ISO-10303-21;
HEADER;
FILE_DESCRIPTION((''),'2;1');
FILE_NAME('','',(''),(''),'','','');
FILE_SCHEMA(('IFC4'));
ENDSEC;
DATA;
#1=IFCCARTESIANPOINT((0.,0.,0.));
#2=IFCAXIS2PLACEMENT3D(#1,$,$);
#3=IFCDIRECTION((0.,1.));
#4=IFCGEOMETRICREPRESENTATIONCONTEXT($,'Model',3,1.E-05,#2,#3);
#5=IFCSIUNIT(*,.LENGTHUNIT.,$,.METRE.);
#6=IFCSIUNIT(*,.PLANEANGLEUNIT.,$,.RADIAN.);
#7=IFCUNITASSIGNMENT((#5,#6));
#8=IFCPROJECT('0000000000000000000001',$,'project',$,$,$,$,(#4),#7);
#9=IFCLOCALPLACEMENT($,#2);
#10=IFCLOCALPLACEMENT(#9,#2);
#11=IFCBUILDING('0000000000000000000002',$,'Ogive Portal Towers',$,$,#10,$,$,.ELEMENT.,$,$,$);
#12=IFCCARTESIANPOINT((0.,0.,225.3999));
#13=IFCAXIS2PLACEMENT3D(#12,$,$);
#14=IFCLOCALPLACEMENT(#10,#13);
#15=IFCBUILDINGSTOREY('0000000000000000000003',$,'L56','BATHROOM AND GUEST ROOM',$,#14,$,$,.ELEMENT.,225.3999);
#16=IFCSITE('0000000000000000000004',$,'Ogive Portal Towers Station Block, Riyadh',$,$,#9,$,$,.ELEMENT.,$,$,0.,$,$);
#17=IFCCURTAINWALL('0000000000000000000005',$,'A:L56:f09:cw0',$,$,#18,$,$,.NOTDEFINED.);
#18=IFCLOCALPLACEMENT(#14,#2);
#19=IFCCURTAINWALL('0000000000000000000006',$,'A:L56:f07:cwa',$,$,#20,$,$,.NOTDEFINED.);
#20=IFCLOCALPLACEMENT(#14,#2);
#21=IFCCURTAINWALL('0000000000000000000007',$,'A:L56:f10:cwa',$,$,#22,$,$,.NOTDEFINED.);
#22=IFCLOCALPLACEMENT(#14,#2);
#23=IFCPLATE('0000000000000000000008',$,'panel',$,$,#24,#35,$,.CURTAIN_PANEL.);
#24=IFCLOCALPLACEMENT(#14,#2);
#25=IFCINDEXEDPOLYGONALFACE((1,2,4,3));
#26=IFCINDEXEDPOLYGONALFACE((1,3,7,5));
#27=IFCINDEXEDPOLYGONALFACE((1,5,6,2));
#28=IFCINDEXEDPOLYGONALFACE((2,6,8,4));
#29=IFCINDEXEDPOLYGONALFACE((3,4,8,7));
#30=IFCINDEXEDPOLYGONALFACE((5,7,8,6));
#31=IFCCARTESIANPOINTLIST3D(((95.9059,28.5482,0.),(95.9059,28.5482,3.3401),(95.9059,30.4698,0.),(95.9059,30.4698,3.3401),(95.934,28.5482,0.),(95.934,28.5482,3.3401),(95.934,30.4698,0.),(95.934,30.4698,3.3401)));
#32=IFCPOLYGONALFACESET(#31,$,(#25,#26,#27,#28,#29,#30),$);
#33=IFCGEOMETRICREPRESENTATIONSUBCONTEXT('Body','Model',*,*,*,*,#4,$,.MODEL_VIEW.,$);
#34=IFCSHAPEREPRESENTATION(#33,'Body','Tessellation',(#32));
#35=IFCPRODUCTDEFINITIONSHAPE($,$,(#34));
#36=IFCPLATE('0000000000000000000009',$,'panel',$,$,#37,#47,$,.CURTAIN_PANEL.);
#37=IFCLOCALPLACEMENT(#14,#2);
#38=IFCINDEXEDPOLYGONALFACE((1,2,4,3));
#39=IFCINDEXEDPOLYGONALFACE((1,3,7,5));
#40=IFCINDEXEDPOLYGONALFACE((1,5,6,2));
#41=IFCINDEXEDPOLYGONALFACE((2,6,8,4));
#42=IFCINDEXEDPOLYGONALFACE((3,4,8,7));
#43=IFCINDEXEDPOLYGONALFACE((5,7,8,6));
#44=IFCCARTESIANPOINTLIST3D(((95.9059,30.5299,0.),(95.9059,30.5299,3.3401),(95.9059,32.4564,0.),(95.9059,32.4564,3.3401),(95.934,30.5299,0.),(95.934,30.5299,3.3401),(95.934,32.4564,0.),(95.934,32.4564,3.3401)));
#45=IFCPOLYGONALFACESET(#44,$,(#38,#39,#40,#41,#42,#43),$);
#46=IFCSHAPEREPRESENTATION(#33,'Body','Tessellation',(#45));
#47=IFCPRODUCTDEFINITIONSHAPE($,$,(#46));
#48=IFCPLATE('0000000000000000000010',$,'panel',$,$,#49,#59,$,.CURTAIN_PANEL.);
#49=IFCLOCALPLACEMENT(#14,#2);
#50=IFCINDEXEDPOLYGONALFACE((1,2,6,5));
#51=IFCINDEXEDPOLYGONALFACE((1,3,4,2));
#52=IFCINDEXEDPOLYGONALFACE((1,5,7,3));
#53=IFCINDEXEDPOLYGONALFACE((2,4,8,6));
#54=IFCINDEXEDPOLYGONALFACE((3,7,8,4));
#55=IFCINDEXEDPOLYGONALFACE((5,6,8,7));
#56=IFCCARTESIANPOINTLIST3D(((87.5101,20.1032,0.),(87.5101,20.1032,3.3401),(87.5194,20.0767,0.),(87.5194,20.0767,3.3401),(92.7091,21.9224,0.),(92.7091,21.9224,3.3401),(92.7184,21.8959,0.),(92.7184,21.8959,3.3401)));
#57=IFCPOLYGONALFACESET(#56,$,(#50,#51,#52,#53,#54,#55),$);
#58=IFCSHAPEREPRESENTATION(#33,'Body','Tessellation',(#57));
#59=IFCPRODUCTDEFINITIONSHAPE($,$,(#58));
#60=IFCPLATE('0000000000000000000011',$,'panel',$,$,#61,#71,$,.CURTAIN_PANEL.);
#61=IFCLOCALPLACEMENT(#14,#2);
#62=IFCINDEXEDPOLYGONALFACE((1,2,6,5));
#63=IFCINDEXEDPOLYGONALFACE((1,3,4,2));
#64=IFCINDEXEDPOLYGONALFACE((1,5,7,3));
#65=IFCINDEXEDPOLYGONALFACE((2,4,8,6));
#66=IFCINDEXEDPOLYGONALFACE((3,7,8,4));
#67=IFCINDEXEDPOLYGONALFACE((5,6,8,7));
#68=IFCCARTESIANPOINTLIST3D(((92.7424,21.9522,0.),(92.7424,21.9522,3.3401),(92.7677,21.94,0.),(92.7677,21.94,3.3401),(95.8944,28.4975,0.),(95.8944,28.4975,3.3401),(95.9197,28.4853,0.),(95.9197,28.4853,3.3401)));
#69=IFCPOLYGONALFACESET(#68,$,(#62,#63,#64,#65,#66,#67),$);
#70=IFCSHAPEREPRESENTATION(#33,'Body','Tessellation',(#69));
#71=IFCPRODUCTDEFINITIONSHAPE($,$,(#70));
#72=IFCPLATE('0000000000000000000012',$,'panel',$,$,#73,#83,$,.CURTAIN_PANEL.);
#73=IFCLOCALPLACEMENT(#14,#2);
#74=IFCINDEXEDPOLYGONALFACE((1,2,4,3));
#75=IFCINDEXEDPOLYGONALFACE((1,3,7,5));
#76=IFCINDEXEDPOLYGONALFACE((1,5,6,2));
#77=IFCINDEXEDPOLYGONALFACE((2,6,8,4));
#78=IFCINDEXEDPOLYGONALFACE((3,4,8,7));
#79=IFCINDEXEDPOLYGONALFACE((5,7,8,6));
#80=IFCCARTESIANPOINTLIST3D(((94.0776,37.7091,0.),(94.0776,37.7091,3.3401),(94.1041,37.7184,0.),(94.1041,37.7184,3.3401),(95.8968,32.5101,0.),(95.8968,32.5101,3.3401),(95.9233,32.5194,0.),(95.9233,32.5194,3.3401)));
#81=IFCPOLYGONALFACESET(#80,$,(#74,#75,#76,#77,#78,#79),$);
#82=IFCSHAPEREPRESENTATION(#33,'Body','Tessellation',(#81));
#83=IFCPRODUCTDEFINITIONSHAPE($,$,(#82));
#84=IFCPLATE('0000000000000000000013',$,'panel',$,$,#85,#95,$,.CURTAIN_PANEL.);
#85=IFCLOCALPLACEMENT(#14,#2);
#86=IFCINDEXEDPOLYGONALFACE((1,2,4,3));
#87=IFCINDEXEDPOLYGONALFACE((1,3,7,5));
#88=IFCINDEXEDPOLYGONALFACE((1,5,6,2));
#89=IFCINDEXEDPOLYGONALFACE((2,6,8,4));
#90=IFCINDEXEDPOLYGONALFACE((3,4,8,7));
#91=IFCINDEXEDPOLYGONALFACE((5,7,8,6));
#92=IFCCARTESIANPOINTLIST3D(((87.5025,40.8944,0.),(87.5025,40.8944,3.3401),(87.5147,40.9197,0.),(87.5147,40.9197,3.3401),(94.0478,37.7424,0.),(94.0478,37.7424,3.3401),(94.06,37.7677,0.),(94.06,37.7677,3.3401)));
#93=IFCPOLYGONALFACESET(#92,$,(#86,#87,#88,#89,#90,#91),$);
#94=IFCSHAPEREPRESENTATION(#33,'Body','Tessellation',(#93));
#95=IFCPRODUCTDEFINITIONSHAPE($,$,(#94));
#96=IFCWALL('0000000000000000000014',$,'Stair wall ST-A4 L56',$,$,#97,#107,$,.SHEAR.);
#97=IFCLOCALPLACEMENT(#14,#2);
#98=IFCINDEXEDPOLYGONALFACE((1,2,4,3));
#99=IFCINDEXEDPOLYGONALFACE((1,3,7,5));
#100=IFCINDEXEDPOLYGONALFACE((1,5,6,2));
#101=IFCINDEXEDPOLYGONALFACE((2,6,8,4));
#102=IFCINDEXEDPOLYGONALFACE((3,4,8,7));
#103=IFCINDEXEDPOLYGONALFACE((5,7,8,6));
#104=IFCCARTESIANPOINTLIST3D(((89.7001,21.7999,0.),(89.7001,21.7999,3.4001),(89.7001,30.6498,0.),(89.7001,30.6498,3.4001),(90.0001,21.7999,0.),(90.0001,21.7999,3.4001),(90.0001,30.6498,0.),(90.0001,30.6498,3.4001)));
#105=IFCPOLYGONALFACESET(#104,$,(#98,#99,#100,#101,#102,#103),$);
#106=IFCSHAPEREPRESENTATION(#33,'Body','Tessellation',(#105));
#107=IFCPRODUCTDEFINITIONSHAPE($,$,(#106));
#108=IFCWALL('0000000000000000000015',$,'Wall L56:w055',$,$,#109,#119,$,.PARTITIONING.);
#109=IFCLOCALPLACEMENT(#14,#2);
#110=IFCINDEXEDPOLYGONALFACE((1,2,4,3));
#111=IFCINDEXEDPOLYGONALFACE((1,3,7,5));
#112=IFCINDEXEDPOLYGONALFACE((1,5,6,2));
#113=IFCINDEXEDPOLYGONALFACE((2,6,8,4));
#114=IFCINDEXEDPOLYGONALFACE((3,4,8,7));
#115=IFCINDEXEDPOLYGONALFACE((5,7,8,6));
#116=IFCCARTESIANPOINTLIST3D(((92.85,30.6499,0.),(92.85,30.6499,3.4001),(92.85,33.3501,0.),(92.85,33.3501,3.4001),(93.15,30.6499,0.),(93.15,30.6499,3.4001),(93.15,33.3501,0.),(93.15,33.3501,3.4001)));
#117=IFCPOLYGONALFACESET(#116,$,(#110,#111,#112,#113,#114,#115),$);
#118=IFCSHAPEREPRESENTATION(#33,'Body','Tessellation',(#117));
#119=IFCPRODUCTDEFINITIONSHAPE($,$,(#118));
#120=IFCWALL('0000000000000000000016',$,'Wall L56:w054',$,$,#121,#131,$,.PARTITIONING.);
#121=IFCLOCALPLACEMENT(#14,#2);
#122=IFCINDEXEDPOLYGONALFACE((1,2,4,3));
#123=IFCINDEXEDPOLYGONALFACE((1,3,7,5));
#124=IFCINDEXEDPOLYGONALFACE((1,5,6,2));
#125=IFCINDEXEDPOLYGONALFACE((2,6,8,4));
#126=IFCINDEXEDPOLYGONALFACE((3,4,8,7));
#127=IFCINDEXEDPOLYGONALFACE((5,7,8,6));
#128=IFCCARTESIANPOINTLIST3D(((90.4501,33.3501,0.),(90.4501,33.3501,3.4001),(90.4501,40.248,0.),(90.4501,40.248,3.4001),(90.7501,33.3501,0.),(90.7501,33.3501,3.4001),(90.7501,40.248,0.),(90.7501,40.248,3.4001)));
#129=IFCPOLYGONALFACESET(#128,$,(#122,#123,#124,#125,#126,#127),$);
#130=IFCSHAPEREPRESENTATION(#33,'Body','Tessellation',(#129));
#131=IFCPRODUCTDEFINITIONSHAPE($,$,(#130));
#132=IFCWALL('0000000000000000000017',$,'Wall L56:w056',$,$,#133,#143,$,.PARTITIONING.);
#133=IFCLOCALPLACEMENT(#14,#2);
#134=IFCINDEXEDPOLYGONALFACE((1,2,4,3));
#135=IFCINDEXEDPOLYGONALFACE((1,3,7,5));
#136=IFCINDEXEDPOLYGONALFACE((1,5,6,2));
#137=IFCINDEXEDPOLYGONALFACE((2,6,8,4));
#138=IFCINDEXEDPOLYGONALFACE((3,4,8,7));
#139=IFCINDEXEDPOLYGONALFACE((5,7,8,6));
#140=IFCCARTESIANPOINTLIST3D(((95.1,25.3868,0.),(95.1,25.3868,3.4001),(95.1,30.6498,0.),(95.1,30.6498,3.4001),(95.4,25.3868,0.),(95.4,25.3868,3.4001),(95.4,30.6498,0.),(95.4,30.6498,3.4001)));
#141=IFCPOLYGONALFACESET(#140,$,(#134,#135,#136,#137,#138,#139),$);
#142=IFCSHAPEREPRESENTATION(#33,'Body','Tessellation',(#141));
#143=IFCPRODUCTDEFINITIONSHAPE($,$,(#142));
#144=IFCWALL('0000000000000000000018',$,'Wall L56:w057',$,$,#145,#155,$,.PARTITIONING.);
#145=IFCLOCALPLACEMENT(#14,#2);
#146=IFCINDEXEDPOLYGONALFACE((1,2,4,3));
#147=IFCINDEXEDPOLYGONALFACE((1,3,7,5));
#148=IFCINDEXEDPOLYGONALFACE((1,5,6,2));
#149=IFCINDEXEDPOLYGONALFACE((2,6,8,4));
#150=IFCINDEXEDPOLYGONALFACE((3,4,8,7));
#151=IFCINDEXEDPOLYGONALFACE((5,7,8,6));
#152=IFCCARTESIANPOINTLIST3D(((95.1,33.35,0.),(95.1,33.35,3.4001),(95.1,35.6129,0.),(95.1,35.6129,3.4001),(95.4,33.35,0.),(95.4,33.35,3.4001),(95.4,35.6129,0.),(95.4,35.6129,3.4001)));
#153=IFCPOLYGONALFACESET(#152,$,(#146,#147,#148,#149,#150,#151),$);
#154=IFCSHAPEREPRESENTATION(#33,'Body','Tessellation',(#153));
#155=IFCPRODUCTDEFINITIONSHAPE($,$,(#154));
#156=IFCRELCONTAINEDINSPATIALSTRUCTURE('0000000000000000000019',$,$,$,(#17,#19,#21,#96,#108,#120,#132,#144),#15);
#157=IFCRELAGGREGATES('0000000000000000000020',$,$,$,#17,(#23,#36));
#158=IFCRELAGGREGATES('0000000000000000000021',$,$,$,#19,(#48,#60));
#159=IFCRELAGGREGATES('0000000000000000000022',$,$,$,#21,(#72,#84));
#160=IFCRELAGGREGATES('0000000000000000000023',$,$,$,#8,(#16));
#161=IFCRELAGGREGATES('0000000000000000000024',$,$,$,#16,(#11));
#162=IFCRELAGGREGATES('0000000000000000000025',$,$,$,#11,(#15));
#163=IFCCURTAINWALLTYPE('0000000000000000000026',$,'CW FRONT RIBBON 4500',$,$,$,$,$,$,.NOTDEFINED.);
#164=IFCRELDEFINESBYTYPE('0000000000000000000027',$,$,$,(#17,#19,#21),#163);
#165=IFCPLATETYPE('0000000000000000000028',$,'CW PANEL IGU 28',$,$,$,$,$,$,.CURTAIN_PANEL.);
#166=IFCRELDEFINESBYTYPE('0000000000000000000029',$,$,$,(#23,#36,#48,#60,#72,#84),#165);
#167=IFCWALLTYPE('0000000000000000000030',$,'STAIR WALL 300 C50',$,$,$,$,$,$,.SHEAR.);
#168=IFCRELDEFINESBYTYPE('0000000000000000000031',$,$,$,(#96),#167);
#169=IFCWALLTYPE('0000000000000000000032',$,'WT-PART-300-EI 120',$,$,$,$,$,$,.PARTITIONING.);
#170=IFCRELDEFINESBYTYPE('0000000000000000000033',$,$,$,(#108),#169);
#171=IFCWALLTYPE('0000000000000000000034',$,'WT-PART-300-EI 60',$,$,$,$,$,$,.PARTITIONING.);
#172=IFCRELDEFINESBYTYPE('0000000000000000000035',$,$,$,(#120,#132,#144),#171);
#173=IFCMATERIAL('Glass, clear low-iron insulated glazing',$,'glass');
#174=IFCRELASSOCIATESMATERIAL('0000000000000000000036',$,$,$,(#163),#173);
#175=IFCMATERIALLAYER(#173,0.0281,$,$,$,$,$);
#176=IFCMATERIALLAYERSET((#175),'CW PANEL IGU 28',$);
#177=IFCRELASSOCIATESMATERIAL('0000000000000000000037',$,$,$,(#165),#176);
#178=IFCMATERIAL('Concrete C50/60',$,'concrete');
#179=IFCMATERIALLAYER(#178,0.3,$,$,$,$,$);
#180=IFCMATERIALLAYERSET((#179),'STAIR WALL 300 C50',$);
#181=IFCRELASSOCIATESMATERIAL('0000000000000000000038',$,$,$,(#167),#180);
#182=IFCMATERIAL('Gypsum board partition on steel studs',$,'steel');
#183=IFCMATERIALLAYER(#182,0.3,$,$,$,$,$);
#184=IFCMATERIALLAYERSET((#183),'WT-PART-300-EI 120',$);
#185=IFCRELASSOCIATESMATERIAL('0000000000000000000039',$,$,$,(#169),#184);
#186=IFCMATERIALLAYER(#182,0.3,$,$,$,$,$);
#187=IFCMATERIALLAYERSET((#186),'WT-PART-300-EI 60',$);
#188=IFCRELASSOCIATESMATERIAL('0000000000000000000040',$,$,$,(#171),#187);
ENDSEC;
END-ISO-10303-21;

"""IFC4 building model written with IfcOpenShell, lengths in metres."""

from ifc_helpers import new_model, si_unit, direction, frame, frame_2d, origin, origin_2d, place, context, subcontext, project, spatial, rectangle, extrude, material, layer, layer_set, type_object, element, aggregate, save


model = new_model("IFC4")

# Units and contexts
model_context = context("Model", 3, precision=1e-05, world=origin(), true_north=direction((0.0, 1.0)))
body_context = subcontext(model_context, "Body", "Model", "MODEL_VIEW")
ifc_project = project(units=[si_unit("LENGTHUNIT", "METRE"), si_unit("PLANEANGLEUNIT", "RADIAN")], contexts=[model_context])

# Site, building, storey
site_placement = place(None, origin())
site = spatial("IfcSite", under=ifc_project, at=site_placement, Name="Ogive Portal Towers Station Block, Riyadh", CompositionType="ELEMENT", RefElevation=0.0)
building_placement = place(site_placement, origin())
building = spatial("IfcBuilding", under=site, at=building_placement, Name="Ogive Portal Towers", CompositionType="ELEMENT")
storey_placement = place(building_placement, frame((0.0, 0.0, 225.3999)))
storey = spatial("IfcBuildingStorey", under=building, at=storey_placement, Name="L56", Description="BATHROOM AND GUEST ROOM", CompositionType="ELEMENT", Elevation=225.3999)

# Curtain wall
ifc_material_1 = material(Name="Glass, clear low-iron insulated glazing", Category="glass")
curtain_wall_type = type_object("IfcCurtainWallType", Name="CW FRONT RIBBON 4500", PredefinedType="NOTDEFINED", material=ifc_material_1)
curtain_wall_1_placement = place(storey_placement, origin())
curtain_wall_1 = element("IfcCurtainWall", 1, at=curtain_wall_1_placement, inside=storey, type_object=curtain_wall_type, Name="A:L56:f09:cw0", PredefinedType="NOTDEFINED")

# Curtain wall
curtain_wall_2_placement = place(storey_placement, origin())
curtain_wall_2 = element("IfcCurtainWall", 2, at=curtain_wall_2_placement, inside=storey, type_object=curtain_wall_type, Name="A:L56:f07:cwa", PredefinedType="NOTDEFINED")

# Curtain wall
curtain_wall_3_placement = place(storey_placement, origin())
curtain_wall_3 = element("IfcCurtainWall", 3, at=curtain_wall_3_placement, inside=storey, type_object=curtain_wall_type, Name="A:L56:f10:cwa", PredefinedType="NOTDEFINED")

# Plates
ifc_layer_1 = layer(ifc_material_1, 0.0281)
ifc_layer_set_1 = layer_set([ifc_layer_1], Name="CW PANEL IGU 28")
plate_type = type_object("IfcPlateType", Name="CW PANEL IGU 28", PredefinedType="CURTAIN_PANEL", material=ifc_layer_set_1)
plate_1_placement = place(storey_placement, frame((95.9199, 29.509, 0.0), z_axis=(0.0, 0.0, 1.0), x_axis=(0.0, 1.0, 0.0)))
plate_1 = element("IfcPlate", 4, at=plate_1_placement, type_object=plate_type, Name="panel", PredefinedType="CURTAIN_PANEL", context=body_context, shape_type="SweptSolid", body=[
    extrude(rectangle(XDim=1.9216, YDim=0.0281, at=origin_2d()), origin(), (0.0, 0.0, 1.0), 3.3401),
])
plate_2_placement = place(storey_placement, frame((95.9199, 31.4932, 0.0), z_axis=(0.0, 0.0, 1.0), x_axis=(0.0, 1.0, 0.0)))
plate_2 = element("IfcPlate", 5, at=plate_2_placement, type_object=plate_type, Name="panel", PredefinedType="CURTAIN_PANEL", context=body_context, shape_type="SweptSolid", body=[
    extrude(rectangle(XDim=1.9265, YDim=0.0281, at=origin_2d()), origin(), (0.0, 0.0, 1.0), 3.3401),
])
aggregate(curtain_wall_1, [plate_1, plate_2])
plate_3_placement = place(storey_placement, frame((90.1143, 20.9995, 0.0), z_axis=(0.0, 0.0, 1.0), x_axis=(0.943883, 0.330279, 0.0)))
plate_3 = element("IfcPlate", 6, at=plate_3_placement, type_object=plate_type, Name="panel", PredefinedType="CURTAIN_PANEL", context=body_context, shape_type="SweptSolid", body=[
    extrude(rectangle(XDim=5.5081, YDim=0.0281, at=origin_2d()), origin(), (0.0, 0.0, 1.0), 3.3401),
])
plate_4_placement = place(storey_placement, frame((94.3311, 25.2188, 0.0), z_axis=(0.0, 0.0, 1.0), x_axis=(0.433884, 0.900969, 0.0)))
plate_4 = element("IfcPlate", 7, at=plate_4_placement, type_object=plate_type, Name="panel", PredefinedType="CURTAIN_PANEL", context=body_context, shape_type="SweptSolid", body=[
    extrude(rectangle(XDim=7.2646, YDim=0.0281, at=origin_2d()), origin(), (0.0, 0.0, 1.0), 3.3401),
])
aggregate(curtain_wall_2, [plate_3, plate_4])
plate_5_placement = place(storey_placement, frame((95.0005, 35.1143, 0.0), z_axis=(0.0, 0.0, 1.0), x_axis=(-0.330279, 0.943883, 0.0)))
plate_5 = element("IfcPlate", 8, at=plate_5_placement, type_object=plate_type, Name="panel", PredefinedType="CURTAIN_PANEL", context=body_context, shape_type="SweptSolid", body=[
    extrude(rectangle(XDim=5.5081, YDim=0.0281, at=origin_2d()), origin(), (0.0, 0.0, 1.0), 3.3401),
])
plate_6_placement = place(storey_placement, frame((90.7812, 39.3311, 0.0), z_axis=(0.0, 0.0, 1.0), x_axis=(-0.900969, 0.433884, 0.0)))
plate_6 = element("IfcPlate", 9, at=plate_6_placement, type_object=plate_type, Name="panel", PredefinedType="CURTAIN_PANEL", context=body_context, shape_type="SweptSolid", body=[
    extrude(rectangle(XDim=7.2646, YDim=0.0281, at=origin_2d()), origin(), (0.0, 0.0, 1.0), 3.3401),
])
aggregate(curtain_wall_3, [plate_5, plate_6])

# Walls
ifc_material_2 = material(Name="Concrete C50/60", Category="concrete")
ifc_layer_2 = layer(ifc_material_2, 0.3)
ifc_layer_set_2 = layer_set([ifc_layer_2], Name="STAIR WALL 300 C50")
wall_type_1 = type_object("IfcWallType", Name="STAIR WALL 300 C50", PredefinedType="SHEAR", material=ifc_layer_set_2)
wall_1_placement = place(storey_placement, frame((89.8501, 21.8, 0.0), z_axis=(0.0, 0.0, 1.0), x_axis=(0.0, 1.0, 0.0)))
element("IfcWall", 10, at=wall_1_placement, inside=storey, type_object=wall_type_1, Name="Stair wall ST-A4 L56", PredefinedType="SHEAR", context=body_context, shape_type="SweptSolid", body=[
    extrude(rectangle(XDim=8.8499, YDim=0.3, at=frame_2d((4.4248, 0.0))), origin(), (0.0, 0.0, 1.0), 3.4001),
])
ifc_material_3 = material(Name="Gypsum board partition on steel studs", Category="steel")
ifc_layer_3 = layer(ifc_material_3, 0.3)
ifc_layer_set_3 = layer_set([ifc_layer_3], Name="WT-PART-300-EI 120")
wall_type_2 = type_object("IfcWallType", Name="WT-PART-300-EI 120", PredefinedType="PARTITIONING", material=ifc_layer_set_3)
wall_2_placement = place(storey_placement, frame((93.0, 30.6499, 0.0), z_axis=(0.0, 0.0, 1.0), x_axis=(0.0, 1.0, 0.0)))
element("IfcWall", 11, at=wall_2_placement, inside=storey, type_object=wall_type_2, Name="Wall L56:w055", PredefinedType="PARTITIONING", context=body_context, shape_type="SweptSolid", body=[
    extrude(rectangle(XDim=2.7002, YDim=0.3, at=frame_2d((1.3501, 0.0))), origin(), (0.0, 0.0, 1.0), 3.4001),
])
ifc_layer_4 = layer(ifc_material_3, 0.3)
ifc_layer_set_4 = layer_set([ifc_layer_4], Name="WT-PART-300-EI 60")
wall_type_3 = type_object("IfcWallType", Name="WT-PART-300-EI 60", PredefinedType="PARTITIONING", material=ifc_layer_set_4)
wall_3_placement = place(storey_placement, frame((90.6001, 33.3501, 0.0), z_axis=(0.0, 0.0, 1.0), x_axis=(0.0, 1.0, 0.0)))
element("IfcWall", 12, at=wall_3_placement, inside=storey, type_object=wall_type_3, Name="Wall L56:w054", PredefinedType="PARTITIONING", context=body_context, shape_type="SweptSolid", body=[
    extrude(rectangle(XDim=6.8979, YDim=0.3, at=frame_2d((3.449, 0.0))), origin(), (0.0, 0.0, 1.0), 3.4001),
])
wall_4_placement = place(storey_placement, frame((95.25, 25.387, 0.0), z_axis=(0.0, 0.0, 1.0), x_axis=(0.0, 1.0, 0.0)))
element("IfcWall", 13, at=wall_4_placement, inside=storey, type_object=wall_type_3, Name="Wall L56:w056", PredefinedType="PARTITIONING", context=body_context, shape_type="SweptSolid", body=[
    extrude(rectangle(XDim=5.2629, YDim=0.3, at=frame_2d((2.6313, 0.0))), origin(), (0.0, 0.0, 1.0), 3.4001),
])
wall_5_placement = place(storey_placement, frame((95.25, 33.3501, 0.0), z_axis=(0.0, 0.0, 1.0), x_axis=(0.0, 1.0, 0.0)))
element("IfcWall", 14, at=wall_5_placement, inside=storey, type_object=wall_type_3, Name="Wall L56:w057", PredefinedType="PARTITIONING", context=body_context, shape_type="SweptSolid", body=[
    extrude(rectangle(XDim=2.2629, YDim=0.3, at=frame_2d((1.1313, 0.0))), origin(), (0.0, 0.0, 1.0), 3.4001),
])

save(model, "model.ifc")
